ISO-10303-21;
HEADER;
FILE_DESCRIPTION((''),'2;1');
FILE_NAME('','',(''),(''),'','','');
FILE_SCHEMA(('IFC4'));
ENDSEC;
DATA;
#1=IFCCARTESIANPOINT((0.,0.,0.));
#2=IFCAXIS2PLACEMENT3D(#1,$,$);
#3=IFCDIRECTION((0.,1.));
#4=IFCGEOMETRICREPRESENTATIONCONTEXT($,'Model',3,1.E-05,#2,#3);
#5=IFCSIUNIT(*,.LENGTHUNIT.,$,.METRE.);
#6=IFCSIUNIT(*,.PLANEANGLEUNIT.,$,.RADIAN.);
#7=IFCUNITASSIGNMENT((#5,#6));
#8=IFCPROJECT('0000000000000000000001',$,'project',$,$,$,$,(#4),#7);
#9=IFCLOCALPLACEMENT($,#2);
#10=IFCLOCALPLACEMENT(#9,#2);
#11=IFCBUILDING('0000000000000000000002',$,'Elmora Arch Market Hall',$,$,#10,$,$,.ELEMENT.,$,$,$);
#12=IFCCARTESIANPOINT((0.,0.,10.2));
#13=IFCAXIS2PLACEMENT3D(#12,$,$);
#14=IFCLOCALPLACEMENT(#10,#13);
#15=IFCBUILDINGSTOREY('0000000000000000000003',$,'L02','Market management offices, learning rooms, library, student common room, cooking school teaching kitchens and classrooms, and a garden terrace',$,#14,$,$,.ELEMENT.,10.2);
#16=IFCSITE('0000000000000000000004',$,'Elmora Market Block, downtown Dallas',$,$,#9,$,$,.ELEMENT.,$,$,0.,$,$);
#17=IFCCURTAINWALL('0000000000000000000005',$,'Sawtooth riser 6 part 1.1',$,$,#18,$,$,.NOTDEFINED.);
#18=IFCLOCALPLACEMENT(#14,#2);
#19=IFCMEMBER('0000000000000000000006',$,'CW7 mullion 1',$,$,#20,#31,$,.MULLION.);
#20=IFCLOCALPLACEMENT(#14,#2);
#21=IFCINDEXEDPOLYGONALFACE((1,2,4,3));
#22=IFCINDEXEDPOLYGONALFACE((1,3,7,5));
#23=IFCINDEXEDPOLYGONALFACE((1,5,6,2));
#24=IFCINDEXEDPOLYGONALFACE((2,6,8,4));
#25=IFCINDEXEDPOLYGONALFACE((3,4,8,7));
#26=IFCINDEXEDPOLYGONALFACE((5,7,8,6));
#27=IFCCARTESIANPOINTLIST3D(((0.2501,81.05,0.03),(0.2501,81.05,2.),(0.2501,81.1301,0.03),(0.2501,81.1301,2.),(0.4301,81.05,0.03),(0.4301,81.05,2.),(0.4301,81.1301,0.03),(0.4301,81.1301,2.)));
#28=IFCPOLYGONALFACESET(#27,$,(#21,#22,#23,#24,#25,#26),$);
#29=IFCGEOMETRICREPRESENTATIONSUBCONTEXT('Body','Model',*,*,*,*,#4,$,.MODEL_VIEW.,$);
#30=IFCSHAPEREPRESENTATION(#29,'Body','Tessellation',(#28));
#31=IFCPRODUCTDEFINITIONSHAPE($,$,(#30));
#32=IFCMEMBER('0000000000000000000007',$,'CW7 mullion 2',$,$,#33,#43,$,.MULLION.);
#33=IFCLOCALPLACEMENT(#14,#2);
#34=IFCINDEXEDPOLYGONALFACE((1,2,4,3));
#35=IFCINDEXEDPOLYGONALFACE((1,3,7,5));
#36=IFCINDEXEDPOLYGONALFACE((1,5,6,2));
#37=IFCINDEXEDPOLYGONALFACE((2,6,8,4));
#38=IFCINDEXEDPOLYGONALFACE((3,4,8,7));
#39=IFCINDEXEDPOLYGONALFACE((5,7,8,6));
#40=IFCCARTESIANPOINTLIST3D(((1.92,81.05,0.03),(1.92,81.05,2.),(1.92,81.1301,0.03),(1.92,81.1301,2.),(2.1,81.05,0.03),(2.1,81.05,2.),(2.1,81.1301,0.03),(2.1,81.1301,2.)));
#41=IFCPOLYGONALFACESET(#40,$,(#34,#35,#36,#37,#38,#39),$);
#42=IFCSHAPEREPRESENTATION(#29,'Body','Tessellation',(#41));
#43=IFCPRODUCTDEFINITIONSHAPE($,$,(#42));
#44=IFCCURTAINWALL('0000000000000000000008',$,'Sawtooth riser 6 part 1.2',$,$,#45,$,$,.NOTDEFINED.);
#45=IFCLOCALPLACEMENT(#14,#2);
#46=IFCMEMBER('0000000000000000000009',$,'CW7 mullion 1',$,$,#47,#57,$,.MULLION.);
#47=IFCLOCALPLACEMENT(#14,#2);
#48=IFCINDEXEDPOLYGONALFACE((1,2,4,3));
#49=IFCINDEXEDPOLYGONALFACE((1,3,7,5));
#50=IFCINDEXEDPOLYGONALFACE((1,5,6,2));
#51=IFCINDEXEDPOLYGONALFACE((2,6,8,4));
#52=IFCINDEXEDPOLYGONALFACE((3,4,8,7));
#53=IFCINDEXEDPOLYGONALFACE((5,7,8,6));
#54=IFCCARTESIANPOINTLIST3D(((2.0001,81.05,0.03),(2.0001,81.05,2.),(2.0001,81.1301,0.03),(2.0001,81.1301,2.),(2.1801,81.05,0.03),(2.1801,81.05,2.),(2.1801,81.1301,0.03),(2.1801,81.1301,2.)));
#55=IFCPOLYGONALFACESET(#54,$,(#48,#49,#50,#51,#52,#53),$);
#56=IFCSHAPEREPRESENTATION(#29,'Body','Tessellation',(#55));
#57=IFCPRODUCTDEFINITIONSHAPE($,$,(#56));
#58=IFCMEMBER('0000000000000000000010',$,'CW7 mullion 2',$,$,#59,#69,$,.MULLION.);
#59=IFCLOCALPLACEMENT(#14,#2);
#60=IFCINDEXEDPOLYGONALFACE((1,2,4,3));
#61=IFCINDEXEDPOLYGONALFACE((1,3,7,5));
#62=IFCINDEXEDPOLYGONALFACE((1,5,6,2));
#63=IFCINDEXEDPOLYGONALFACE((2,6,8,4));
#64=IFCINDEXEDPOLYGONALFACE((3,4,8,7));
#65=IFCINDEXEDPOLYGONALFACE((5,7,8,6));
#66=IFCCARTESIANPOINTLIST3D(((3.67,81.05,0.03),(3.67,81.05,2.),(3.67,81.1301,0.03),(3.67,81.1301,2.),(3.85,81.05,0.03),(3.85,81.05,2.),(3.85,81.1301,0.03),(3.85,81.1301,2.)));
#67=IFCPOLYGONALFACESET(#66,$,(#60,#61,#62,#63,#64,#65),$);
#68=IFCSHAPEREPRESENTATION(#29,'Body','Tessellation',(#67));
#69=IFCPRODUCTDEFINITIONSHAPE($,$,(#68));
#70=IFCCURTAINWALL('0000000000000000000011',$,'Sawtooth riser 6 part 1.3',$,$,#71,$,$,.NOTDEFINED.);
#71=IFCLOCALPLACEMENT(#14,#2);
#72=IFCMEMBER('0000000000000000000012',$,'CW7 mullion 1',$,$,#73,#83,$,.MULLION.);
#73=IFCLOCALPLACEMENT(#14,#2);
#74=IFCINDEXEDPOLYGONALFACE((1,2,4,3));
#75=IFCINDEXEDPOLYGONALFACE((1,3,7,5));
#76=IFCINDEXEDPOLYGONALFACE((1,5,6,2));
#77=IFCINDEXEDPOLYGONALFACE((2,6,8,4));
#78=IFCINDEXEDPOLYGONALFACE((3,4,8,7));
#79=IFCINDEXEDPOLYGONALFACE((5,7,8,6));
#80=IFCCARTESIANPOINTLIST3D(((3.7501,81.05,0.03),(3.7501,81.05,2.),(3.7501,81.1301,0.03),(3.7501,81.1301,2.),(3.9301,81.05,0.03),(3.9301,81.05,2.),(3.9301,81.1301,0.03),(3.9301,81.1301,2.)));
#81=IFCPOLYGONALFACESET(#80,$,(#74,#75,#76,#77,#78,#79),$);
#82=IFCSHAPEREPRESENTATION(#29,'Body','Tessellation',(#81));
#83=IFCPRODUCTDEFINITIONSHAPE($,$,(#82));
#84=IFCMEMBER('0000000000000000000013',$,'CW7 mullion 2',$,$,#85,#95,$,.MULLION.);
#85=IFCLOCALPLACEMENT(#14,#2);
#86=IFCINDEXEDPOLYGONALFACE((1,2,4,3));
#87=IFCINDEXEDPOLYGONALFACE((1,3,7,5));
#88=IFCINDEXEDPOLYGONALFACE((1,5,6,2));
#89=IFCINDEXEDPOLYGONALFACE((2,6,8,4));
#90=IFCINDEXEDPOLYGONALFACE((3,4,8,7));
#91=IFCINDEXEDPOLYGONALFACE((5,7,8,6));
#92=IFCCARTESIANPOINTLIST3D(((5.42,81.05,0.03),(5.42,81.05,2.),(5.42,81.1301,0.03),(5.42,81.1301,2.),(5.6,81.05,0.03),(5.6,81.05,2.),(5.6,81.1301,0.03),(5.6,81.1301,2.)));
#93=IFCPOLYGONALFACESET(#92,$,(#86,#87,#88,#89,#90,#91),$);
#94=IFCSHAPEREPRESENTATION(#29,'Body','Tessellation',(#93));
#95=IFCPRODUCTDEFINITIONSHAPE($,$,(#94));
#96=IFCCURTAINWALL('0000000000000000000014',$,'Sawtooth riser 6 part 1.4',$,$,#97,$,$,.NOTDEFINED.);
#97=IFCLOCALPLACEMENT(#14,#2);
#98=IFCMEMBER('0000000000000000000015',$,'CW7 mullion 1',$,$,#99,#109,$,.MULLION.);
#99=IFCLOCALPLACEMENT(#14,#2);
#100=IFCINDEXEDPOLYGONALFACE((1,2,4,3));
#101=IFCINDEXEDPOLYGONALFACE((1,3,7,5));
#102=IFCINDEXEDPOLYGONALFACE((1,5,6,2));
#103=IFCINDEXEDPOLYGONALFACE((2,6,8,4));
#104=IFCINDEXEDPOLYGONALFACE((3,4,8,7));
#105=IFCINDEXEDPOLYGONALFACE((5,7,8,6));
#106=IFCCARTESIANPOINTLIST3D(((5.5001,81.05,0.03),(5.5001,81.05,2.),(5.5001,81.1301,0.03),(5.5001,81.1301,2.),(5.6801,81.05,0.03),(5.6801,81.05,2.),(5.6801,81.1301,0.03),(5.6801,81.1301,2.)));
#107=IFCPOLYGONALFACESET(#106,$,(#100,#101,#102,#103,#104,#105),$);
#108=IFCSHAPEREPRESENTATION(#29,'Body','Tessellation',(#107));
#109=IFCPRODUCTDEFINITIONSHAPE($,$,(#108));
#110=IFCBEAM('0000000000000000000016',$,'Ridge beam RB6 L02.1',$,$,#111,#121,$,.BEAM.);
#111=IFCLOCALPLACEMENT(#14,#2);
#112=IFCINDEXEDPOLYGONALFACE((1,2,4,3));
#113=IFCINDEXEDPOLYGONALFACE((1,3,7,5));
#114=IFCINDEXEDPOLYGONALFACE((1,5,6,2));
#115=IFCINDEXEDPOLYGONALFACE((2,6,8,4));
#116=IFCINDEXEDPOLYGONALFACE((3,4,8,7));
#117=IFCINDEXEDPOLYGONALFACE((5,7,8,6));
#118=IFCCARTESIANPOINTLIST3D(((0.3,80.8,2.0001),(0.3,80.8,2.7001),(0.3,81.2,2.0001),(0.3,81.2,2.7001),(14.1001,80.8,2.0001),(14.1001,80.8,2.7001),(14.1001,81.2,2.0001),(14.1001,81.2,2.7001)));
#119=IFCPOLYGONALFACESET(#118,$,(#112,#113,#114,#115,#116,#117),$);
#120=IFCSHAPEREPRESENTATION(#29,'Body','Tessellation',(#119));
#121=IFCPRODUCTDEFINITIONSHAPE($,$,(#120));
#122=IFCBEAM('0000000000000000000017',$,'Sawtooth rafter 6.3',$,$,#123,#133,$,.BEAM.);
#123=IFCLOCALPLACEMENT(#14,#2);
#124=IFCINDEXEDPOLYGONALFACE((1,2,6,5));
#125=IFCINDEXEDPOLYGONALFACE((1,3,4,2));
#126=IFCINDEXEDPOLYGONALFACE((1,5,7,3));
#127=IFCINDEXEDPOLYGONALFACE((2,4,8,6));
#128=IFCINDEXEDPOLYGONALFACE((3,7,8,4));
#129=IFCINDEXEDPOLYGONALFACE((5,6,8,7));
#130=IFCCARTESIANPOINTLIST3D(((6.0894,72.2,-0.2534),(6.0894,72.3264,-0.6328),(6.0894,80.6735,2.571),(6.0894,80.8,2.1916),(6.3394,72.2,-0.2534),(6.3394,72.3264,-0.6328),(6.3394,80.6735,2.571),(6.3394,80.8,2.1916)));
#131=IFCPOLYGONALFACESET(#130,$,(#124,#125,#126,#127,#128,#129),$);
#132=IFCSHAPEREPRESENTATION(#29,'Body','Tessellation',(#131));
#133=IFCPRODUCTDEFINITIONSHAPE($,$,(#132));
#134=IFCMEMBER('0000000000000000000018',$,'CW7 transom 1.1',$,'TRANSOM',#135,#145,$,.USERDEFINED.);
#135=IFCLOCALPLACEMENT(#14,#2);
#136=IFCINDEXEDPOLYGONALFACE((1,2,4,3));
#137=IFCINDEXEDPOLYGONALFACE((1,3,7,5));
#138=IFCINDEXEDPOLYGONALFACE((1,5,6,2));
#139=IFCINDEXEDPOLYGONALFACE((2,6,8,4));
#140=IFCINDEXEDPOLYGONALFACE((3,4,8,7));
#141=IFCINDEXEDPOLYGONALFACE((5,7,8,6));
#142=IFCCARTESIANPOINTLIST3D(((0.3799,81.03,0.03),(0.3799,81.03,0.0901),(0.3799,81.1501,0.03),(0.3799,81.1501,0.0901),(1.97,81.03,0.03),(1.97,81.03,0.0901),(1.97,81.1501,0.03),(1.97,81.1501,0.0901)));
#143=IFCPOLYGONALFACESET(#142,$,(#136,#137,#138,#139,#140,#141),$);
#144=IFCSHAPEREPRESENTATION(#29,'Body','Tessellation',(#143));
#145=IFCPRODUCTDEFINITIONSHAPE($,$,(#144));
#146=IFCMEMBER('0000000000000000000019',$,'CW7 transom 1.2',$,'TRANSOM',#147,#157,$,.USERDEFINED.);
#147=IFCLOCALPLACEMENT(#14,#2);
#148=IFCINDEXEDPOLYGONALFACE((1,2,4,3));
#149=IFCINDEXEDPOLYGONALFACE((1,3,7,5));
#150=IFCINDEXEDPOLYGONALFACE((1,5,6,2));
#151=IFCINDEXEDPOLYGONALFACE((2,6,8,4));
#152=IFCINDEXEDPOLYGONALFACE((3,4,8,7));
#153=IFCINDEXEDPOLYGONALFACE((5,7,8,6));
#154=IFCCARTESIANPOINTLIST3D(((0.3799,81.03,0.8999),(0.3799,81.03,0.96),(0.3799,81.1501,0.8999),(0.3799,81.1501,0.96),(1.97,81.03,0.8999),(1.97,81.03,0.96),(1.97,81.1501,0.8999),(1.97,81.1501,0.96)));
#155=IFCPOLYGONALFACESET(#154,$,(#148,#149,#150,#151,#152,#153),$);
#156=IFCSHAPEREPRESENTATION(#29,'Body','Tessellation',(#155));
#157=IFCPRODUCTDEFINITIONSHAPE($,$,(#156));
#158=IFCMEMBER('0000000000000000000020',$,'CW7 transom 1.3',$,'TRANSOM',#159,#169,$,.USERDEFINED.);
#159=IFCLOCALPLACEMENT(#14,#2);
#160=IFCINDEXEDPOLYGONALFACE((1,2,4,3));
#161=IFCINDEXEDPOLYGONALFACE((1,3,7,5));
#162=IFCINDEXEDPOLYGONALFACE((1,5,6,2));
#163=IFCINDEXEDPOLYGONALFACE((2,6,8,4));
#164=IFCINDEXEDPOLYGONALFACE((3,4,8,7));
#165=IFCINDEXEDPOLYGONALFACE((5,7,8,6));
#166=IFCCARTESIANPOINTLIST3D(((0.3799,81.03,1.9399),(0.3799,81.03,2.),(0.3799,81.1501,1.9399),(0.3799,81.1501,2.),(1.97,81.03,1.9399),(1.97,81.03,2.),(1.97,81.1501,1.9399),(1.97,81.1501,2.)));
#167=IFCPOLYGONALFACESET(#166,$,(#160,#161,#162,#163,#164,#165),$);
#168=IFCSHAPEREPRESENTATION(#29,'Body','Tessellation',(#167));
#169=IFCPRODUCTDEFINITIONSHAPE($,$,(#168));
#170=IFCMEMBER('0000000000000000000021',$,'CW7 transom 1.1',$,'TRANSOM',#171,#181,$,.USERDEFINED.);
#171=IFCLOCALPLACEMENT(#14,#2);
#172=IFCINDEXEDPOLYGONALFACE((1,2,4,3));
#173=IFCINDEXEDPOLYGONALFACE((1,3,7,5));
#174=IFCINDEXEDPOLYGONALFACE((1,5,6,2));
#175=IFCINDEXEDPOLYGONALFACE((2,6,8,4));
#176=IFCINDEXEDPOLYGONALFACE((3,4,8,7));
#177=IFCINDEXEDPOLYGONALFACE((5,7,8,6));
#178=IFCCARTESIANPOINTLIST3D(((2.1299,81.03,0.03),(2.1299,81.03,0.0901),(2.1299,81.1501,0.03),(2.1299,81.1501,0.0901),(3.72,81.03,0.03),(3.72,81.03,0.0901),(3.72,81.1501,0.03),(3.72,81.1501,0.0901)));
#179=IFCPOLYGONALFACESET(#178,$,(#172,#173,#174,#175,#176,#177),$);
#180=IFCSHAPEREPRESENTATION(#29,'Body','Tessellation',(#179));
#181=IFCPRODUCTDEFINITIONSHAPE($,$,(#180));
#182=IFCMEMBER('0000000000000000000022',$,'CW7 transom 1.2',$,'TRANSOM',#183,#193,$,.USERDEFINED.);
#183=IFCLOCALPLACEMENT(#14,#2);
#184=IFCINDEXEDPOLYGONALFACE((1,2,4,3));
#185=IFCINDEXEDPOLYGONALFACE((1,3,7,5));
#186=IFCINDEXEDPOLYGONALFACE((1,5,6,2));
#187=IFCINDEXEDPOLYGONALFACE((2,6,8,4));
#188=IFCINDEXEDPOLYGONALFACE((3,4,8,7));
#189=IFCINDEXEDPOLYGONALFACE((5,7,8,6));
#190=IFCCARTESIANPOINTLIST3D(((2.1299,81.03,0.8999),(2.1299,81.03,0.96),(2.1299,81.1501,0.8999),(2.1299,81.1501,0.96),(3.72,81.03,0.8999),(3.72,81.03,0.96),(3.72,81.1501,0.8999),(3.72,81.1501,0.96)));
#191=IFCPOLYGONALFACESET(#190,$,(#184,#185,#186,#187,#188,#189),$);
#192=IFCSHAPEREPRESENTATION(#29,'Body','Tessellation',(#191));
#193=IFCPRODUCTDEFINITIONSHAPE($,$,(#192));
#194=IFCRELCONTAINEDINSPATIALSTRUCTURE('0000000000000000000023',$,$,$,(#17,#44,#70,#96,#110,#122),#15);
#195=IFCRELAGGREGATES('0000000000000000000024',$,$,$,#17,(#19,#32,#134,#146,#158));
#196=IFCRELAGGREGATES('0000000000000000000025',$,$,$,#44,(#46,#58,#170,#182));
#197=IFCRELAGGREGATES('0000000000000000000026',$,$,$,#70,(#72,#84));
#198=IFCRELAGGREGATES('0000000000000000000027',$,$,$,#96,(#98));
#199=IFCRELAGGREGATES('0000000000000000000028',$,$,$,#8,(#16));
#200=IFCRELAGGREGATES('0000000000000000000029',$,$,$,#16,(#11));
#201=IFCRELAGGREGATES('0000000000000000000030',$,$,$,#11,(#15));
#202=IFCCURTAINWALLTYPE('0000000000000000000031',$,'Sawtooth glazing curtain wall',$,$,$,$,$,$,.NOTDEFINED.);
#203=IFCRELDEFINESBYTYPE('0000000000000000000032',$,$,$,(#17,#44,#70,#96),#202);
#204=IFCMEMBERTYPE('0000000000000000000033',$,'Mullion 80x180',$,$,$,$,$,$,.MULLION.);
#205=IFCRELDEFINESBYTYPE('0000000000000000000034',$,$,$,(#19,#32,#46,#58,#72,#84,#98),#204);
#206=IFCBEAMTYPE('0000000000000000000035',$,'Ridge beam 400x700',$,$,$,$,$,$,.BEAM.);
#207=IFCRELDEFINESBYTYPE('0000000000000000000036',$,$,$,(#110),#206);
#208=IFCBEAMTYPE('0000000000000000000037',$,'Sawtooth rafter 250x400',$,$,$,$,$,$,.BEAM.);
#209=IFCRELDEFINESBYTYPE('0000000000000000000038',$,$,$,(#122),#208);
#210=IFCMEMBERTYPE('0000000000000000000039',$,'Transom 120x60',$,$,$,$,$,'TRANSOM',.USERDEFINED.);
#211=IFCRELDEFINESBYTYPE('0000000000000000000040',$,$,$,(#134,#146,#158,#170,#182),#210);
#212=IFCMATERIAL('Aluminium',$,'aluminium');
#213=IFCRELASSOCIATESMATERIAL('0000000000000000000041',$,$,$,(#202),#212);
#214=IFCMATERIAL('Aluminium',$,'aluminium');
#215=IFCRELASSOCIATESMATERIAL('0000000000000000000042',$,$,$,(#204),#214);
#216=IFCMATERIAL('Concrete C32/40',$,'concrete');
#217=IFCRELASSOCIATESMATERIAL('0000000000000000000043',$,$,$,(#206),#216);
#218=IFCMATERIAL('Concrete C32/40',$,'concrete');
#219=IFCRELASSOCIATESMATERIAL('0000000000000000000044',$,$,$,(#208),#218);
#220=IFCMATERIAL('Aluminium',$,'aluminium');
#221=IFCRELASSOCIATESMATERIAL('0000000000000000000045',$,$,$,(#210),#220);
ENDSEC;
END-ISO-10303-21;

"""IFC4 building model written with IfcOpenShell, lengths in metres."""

from ifc_helpers import new_model, si_unit, direction, frame, origin, origin_2d, place, context, subcontext, project, spatial, rectangle, extrude, material, material_profile, profile_set, type_object, element, aggregate, save


model = new_model("IFC4")

# Units and contexts
model_context = context("Model", 3, precision=1e-05, world=origin(), true_north=direction((0.0, 1.0)))
body_context = subcontext(model_context, "Body", "Model", "MODEL_VIEW")
ifc_project = project(units=[si_unit("LENGTHUNIT", "METRE"), si_unit("PLANEANGLEUNIT", "RADIAN")], contexts=[model_context])

# Site, building, storey
site_placement = place(None, origin())
site = spatial("IfcSite", under=ifc_project, at=site_placement, Name="Elmora Market Block, downtown Dallas", CompositionType="ELEMENT", RefElevation=0.0)
building_placement = place(site_placement, origin())
building = spatial("IfcBuilding", under=site, at=building_placement, Name="Elmora Arch Market Hall", CompositionType="ELEMENT")
storey_placement = place(building_placement, frame((0.0, 0.0, 10.2)))
storey = spatial("IfcBuildingStorey", under=building, at=storey_placement, Name="L02", Description="Market management offices, learning rooms, library, student common room, cooking school teaching kitchens and classrooms, and a garden terrace", CompositionType="ELEMENT", Elevation=10.2)

# Curtain walls, members
ifc_material_1 = material(Name="Aluminium", Category="aluminium")
curtain_wall_type = type_object("IfcCurtainWallType", Name="Sawtooth glazing curtain wall", PredefinedType="NOTDEFINED", material=ifc_material_1)
curtain_wall_1_placement = place(storey_placement, origin())
curtain_wall_1 = element("IfcCurtainWall", 1, at=curtain_wall_1_placement, inside=storey, type_object=curtain_wall_type, Name="Sawtooth riser 6 part 1.1", PredefinedType="NOTDEFINED")
ifc_material_2 = material(Name="Aluminium", Category="aluminium")
ifc_material_profile_1 = material_profile(ifc_material_2, rectangle(XDim=0.0801, YDim=0.1799, at=origin_2d()), Name="AL 80x180")
ifc_profile_set_1 = profile_set([ifc_material_profile_1], Name="Aluminium")
member_type_1 = type_object("IfcMemberType", Name="Mullion 80x180", PredefinedType="MULLION", material=ifc_profile_set_1)
member_1_placement = place(storey_placement, frame((0.3401, 81.0901, 0.03), z_axis=(0.0, 0.0, 1.0), x_axis=(0.0, 1.0, 0.0)))
member_1 = element("IfcMember", 2, at=member_1_placement, type_object=member_type_1, Name="CW7 mullion 1", PredefinedType="MULLION", context=body_context, shape_type="SweptSolid", body=[
    extrude(rectangle(XDim=0.0801, YDim=0.1799, at=origin_2d()), origin(), (0.0, 0.0, 1.0), 1.97),
])
member_2_placement = place(storey_placement, frame((2.01, 81.0901, 0.03), z_axis=(0.0, 0.0, 1.0), x_axis=(0.0, 1.0, 0.0)))
member_2 = element("IfcMember", 3, at=member_2_placement, type_object=member_type_1, Name="CW7 mullion 2", PredefinedType="MULLION", context=body_context, shape_type="SweptSolid", body=[
    extrude(rectangle(XDim=0.0801, YDim=0.1799, at=origin_2d()), origin(), (0.0, 0.0, 1.0), 1.97),
])
curtain_wall_2_placement = place(storey_placement, origin())
curtain_wall_2 = element("IfcCurtainWall", 4, at=curtain_wall_2_placement, inside=storey, type_object=curtain_wall_type, Name="Sawtooth riser 6 part 1.2", PredefinedType="NOTDEFINED")
member_3_placement = place(storey_placement, frame((2.0901, 81.0901, 0.03), z_axis=(0.0, 0.0, 1.0), x_axis=(0.0, 1.0, 0.0)))
member_3 = element("IfcMember", 5, at=member_3_placement, type_object=member_type_1, Name="CW7 mullion 1", PredefinedType="MULLION", context=body_context, shape_type="SweptSolid", body=[
    extrude(rectangle(XDim=0.0801, YDim=0.1799, at=origin_2d()), origin(), (0.0, 0.0, 1.0), 1.97),
])
member_4_placement = place(storey_placement, frame((3.76, 81.0901, 0.03), z_axis=(0.0, 0.0, 1.0), x_axis=(0.0, 1.0, 0.0)))
member_4 = element("IfcMember", 6, at=member_4_placement, type_object=member_type_1, Name="CW7 mullion 2", PredefinedType="MULLION", context=body_context, shape_type="SweptSolid", body=[
    extrude(rectangle(XDim=0.0801, YDim=0.1799, at=origin_2d()), origin(), (0.0, 0.0, 1.0), 1.97),
])
curtain_wall_3_placement = place(storey_placement, origin())
curtain_wall_3 = element("IfcCurtainWall", 7, at=curtain_wall_3_placement, inside=storey, type_object=curtain_wall_type, Name="Sawtooth riser 6 part 1.3", PredefinedType="NOTDEFINED")
member_5_placement = place(storey_placement, frame((3.8401, 81.0901, 0.03), z_axis=(0.0, 0.0, 1.0), x_axis=(0.0, 1.0, 0.0)))
member_5 = element("IfcMember", 8, at=member_5_placement, type_object=member_type_1, Name="CW7 mullion 1", PredefinedType="MULLION", context=body_context, shape_type="SweptSolid", body=[
    extrude(rectangle(XDim=0.0801, YDim=0.1799, at=origin_2d()), origin(), (0.0, 0.0, 1.0), 1.97),
])
member_6_placement = place(storey_placement, frame((5.51, 81.0901, 0.03), z_axis=(0.0, 0.0, 1.0), x_axis=(0.0, 1.0, 0.0)))
member_6 = element("IfcMember", 9, at=member_6_placement, type_object=member_type_1, Name="CW7 mullion 2", PredefinedType="MULLION", context=body_context, shape_type="SweptSolid", body=[
    extrude(rectangle(XDim=0.0801, YDim=0.1799, at=origin_2d()), origin(), (0.0, 0.0, 1.0), 1.97),
])

# Curtain wall, member
curtain_wall_4_placement = place(storey_placement, origin())
curtain_wall_4 = element("IfcCurtainWall", 10, at=curtain_wall_4_placement, inside=storey, type_object=curtain_wall_type, Name="Sawtooth riser 6 part 1.4", PredefinedType="NOTDEFINED")
member_7_placement = place(storey_placement, frame((5.5901, 81.0901, 0.03), z_axis=(0.0, 0.0, 1.0), x_axis=(0.0, 1.0, 0.0)))
member_7 = element("IfcMember", 11, at=member_7_placement, type_object=member_type_1, Name="CW7 mullion 1", PredefinedType="MULLION", context=body_context, shape_type="SweptSolid", body=[
    extrude(rectangle(XDim=0.0801, YDim=0.1799, at=origin_2d()), origin(), (0.0, 0.0, 1.0), 1.97),
])

# Beams
ifc_material_3 = material(Name="Concrete C32/40", Category="concrete")
ifc_material_profile_2 = material_profile(ifc_material_3, rectangle(XDim=0.3999, YDim=0.7, at=origin_2d()), Name="Ridge beam 400x700")
ifc_profile_set_2 = profile_set([ifc_material_profile_2], Name="Concrete C32/40")
beam_type_1 = type_object("IfcBeamType", Name="Ridge beam 400x700", PredefinedType="BEAM", material=ifc_profile_set_2)
beam_1_placement = place(storey_placement, frame((0.3, 81.0, 2.3501), z_axis=(1.0, 0.0, 0.0), x_axis=(0.0, 1.0, 0.0)))
element("IfcBeam", 12, at=beam_1_placement, inside=storey, type_object=beam_type_1, Name="Ridge beam RB6 L02.1", PredefinedType="BEAM", context=body_context, shape_type="SweptSolid", body=[
    extrude(rectangle(XDim=0.3999, YDim=0.7, at=origin_2d()), origin(), (0.0, 0.0, 1.0), 13.8),
])
ifc_material_4 = material(Name="Concrete C32/40", Category="concrete")
ifc_material_profile_3 = material_profile(ifc_material_4, rectangle(XDim=0.25, YDim=0.3999, at=origin_2d()), Name="Sawtooth rafter 250x400")
ifc_profile_set_3 = profile_set([ifc_material_profile_3], Name="Concrete C32/40")
beam_type_2 = type_object("IfcBeamType", Name="Sawtooth rafter 250x400", PredefinedType="BEAM", material=ifc_profile_set_3)
beam_2_placement = place(storey_placement, frame((6.2144, 72.2632, -0.4431), z_axis=(0.0, 0.948686, 0.31622), x_axis=(-1.0, 0.0, 0.0)))
element("IfcBeam", 13, at=beam_2_placement, inside=storey, type_object=beam_type_2, Name="Sawtooth rafter 6.3", PredefinedType="BEAM", context=body_context, shape_type="SweptSolid", body=[
    extrude(rectangle(XDim=0.25, YDim=0.3999, at=origin_2d()), origin(), (0.0, 0.0, 1.0), 8.9319),
])

# Members
ifc_material_5 = material(Name="Aluminium", Category="aluminium")
ifc_material_profile_4 = material_profile(ifc_material_5, rectangle(XDim=0.1201, YDim=0.0601, at=origin_2d()), Name="AL 120x60")
ifc_profile_set_4 = profile_set([ifc_material_profile_4], Name="Aluminium")
member_type_2 = type_object("IfcMemberType", Name="Transom 120x60", ElementType="TRANSOM", PredefinedType="USERDEFINED", material=ifc_profile_set_4)
member_8_placement = place(storey_placement, frame((0.3799, 81.0901, 0.0601), z_axis=(1.0, 0.0, 0.0), x_axis=(0.0, 1.0, 0.0)))
member_8 = element("IfcMember", 14, at=member_8_placement, type_object=member_type_2, Name="CW7 transom 1.1", ObjectType="TRANSOM", PredefinedType="USERDEFINED", context=body_context, shape_type="SweptSolid", body=[
    extrude(rectangle(XDim=0.1201, YDim=0.0601, at=origin_2d()), origin(), (0.0, 0.0, 1.0), 1.5901),
])
member_9_placement = place(storey_placement, frame((0.3799, 81.0901, 0.9299), z_axis=(1.0, 0.0, 0.0), x_axis=(0.0, 1.0, 0.0)))
member_9 = element("IfcMember", 15, at=member_9_placement, type_object=member_type_2, Name="CW7 transom 1.2", ObjectType="TRANSOM", PredefinedType="USERDEFINED", context=body_context, shape_type="SweptSolid", body=[
    extrude(rectangle(XDim=0.1201, YDim=0.0601, at=origin_2d()), origin(), (0.0, 0.0, 1.0), 1.5901),
])
member_10_placement = place(storey_placement, frame((0.3799, 81.0901, 1.97), z_axis=(1.0, 0.0, 0.0), x_axis=(0.0, 1.0, 0.0)))
member_10 = element("IfcMember", 16, at=member_10_placement, type_object=member_type_2, Name="CW7 transom 1.3", ObjectType="TRANSOM", PredefinedType="USERDEFINED", context=body_context, shape_type="SweptSolid", body=[
    extrude(rectangle(XDim=0.1201, YDim=0.0601, at=origin_2d()), origin(), (0.0, 0.0, 1.0), 1.5901),
])
member_11_placement = place(storey_placement, frame((2.1299, 81.0901, 0.0601), z_axis=(1.0, 0.0, 0.0), x_axis=(0.0, 1.0, 0.0)))
member_11 = element("IfcMember", 17, at=member_11_placement, type_object=member_type_2, Name="CW7 transom 1.1", ObjectType="TRANSOM", PredefinedType="USERDEFINED", context=body_context, shape_type="SweptSolid", body=[
    extrude(rectangle(XDim=0.1201, YDim=0.0601, at=origin_2d()), origin(), (0.0, 0.0, 1.0), 1.5901),
])
member_12_placement = place(storey_placement, frame((2.1299, 81.0901, 0.9299), z_axis=(1.0, 0.0, 0.0), x_axis=(0.0, 1.0, 0.0)))
member_12 = element("IfcMember", 18, at=member_12_placement, type_object=member_type_2, Name="CW7 transom 1.2", ObjectType="TRANSOM", PredefinedType="USERDEFINED", context=body_context, shape_type="SweptSolid", body=[
    extrude(rectangle(XDim=0.1201, YDim=0.0601, at=origin_2d()), origin(), (0.0, 0.0, 1.0), 1.5901),
])

aggregate(curtain_wall_1, [member_1, member_2, member_8, member_9, member_10])
aggregate(curtain_wall_2, [member_3, member_4, member_11, member_12])
aggregate(curtain_wall_3, [member_5, member_6])
aggregate(curtain_wall_4, [member_7])

save(model, "model.ifc")
